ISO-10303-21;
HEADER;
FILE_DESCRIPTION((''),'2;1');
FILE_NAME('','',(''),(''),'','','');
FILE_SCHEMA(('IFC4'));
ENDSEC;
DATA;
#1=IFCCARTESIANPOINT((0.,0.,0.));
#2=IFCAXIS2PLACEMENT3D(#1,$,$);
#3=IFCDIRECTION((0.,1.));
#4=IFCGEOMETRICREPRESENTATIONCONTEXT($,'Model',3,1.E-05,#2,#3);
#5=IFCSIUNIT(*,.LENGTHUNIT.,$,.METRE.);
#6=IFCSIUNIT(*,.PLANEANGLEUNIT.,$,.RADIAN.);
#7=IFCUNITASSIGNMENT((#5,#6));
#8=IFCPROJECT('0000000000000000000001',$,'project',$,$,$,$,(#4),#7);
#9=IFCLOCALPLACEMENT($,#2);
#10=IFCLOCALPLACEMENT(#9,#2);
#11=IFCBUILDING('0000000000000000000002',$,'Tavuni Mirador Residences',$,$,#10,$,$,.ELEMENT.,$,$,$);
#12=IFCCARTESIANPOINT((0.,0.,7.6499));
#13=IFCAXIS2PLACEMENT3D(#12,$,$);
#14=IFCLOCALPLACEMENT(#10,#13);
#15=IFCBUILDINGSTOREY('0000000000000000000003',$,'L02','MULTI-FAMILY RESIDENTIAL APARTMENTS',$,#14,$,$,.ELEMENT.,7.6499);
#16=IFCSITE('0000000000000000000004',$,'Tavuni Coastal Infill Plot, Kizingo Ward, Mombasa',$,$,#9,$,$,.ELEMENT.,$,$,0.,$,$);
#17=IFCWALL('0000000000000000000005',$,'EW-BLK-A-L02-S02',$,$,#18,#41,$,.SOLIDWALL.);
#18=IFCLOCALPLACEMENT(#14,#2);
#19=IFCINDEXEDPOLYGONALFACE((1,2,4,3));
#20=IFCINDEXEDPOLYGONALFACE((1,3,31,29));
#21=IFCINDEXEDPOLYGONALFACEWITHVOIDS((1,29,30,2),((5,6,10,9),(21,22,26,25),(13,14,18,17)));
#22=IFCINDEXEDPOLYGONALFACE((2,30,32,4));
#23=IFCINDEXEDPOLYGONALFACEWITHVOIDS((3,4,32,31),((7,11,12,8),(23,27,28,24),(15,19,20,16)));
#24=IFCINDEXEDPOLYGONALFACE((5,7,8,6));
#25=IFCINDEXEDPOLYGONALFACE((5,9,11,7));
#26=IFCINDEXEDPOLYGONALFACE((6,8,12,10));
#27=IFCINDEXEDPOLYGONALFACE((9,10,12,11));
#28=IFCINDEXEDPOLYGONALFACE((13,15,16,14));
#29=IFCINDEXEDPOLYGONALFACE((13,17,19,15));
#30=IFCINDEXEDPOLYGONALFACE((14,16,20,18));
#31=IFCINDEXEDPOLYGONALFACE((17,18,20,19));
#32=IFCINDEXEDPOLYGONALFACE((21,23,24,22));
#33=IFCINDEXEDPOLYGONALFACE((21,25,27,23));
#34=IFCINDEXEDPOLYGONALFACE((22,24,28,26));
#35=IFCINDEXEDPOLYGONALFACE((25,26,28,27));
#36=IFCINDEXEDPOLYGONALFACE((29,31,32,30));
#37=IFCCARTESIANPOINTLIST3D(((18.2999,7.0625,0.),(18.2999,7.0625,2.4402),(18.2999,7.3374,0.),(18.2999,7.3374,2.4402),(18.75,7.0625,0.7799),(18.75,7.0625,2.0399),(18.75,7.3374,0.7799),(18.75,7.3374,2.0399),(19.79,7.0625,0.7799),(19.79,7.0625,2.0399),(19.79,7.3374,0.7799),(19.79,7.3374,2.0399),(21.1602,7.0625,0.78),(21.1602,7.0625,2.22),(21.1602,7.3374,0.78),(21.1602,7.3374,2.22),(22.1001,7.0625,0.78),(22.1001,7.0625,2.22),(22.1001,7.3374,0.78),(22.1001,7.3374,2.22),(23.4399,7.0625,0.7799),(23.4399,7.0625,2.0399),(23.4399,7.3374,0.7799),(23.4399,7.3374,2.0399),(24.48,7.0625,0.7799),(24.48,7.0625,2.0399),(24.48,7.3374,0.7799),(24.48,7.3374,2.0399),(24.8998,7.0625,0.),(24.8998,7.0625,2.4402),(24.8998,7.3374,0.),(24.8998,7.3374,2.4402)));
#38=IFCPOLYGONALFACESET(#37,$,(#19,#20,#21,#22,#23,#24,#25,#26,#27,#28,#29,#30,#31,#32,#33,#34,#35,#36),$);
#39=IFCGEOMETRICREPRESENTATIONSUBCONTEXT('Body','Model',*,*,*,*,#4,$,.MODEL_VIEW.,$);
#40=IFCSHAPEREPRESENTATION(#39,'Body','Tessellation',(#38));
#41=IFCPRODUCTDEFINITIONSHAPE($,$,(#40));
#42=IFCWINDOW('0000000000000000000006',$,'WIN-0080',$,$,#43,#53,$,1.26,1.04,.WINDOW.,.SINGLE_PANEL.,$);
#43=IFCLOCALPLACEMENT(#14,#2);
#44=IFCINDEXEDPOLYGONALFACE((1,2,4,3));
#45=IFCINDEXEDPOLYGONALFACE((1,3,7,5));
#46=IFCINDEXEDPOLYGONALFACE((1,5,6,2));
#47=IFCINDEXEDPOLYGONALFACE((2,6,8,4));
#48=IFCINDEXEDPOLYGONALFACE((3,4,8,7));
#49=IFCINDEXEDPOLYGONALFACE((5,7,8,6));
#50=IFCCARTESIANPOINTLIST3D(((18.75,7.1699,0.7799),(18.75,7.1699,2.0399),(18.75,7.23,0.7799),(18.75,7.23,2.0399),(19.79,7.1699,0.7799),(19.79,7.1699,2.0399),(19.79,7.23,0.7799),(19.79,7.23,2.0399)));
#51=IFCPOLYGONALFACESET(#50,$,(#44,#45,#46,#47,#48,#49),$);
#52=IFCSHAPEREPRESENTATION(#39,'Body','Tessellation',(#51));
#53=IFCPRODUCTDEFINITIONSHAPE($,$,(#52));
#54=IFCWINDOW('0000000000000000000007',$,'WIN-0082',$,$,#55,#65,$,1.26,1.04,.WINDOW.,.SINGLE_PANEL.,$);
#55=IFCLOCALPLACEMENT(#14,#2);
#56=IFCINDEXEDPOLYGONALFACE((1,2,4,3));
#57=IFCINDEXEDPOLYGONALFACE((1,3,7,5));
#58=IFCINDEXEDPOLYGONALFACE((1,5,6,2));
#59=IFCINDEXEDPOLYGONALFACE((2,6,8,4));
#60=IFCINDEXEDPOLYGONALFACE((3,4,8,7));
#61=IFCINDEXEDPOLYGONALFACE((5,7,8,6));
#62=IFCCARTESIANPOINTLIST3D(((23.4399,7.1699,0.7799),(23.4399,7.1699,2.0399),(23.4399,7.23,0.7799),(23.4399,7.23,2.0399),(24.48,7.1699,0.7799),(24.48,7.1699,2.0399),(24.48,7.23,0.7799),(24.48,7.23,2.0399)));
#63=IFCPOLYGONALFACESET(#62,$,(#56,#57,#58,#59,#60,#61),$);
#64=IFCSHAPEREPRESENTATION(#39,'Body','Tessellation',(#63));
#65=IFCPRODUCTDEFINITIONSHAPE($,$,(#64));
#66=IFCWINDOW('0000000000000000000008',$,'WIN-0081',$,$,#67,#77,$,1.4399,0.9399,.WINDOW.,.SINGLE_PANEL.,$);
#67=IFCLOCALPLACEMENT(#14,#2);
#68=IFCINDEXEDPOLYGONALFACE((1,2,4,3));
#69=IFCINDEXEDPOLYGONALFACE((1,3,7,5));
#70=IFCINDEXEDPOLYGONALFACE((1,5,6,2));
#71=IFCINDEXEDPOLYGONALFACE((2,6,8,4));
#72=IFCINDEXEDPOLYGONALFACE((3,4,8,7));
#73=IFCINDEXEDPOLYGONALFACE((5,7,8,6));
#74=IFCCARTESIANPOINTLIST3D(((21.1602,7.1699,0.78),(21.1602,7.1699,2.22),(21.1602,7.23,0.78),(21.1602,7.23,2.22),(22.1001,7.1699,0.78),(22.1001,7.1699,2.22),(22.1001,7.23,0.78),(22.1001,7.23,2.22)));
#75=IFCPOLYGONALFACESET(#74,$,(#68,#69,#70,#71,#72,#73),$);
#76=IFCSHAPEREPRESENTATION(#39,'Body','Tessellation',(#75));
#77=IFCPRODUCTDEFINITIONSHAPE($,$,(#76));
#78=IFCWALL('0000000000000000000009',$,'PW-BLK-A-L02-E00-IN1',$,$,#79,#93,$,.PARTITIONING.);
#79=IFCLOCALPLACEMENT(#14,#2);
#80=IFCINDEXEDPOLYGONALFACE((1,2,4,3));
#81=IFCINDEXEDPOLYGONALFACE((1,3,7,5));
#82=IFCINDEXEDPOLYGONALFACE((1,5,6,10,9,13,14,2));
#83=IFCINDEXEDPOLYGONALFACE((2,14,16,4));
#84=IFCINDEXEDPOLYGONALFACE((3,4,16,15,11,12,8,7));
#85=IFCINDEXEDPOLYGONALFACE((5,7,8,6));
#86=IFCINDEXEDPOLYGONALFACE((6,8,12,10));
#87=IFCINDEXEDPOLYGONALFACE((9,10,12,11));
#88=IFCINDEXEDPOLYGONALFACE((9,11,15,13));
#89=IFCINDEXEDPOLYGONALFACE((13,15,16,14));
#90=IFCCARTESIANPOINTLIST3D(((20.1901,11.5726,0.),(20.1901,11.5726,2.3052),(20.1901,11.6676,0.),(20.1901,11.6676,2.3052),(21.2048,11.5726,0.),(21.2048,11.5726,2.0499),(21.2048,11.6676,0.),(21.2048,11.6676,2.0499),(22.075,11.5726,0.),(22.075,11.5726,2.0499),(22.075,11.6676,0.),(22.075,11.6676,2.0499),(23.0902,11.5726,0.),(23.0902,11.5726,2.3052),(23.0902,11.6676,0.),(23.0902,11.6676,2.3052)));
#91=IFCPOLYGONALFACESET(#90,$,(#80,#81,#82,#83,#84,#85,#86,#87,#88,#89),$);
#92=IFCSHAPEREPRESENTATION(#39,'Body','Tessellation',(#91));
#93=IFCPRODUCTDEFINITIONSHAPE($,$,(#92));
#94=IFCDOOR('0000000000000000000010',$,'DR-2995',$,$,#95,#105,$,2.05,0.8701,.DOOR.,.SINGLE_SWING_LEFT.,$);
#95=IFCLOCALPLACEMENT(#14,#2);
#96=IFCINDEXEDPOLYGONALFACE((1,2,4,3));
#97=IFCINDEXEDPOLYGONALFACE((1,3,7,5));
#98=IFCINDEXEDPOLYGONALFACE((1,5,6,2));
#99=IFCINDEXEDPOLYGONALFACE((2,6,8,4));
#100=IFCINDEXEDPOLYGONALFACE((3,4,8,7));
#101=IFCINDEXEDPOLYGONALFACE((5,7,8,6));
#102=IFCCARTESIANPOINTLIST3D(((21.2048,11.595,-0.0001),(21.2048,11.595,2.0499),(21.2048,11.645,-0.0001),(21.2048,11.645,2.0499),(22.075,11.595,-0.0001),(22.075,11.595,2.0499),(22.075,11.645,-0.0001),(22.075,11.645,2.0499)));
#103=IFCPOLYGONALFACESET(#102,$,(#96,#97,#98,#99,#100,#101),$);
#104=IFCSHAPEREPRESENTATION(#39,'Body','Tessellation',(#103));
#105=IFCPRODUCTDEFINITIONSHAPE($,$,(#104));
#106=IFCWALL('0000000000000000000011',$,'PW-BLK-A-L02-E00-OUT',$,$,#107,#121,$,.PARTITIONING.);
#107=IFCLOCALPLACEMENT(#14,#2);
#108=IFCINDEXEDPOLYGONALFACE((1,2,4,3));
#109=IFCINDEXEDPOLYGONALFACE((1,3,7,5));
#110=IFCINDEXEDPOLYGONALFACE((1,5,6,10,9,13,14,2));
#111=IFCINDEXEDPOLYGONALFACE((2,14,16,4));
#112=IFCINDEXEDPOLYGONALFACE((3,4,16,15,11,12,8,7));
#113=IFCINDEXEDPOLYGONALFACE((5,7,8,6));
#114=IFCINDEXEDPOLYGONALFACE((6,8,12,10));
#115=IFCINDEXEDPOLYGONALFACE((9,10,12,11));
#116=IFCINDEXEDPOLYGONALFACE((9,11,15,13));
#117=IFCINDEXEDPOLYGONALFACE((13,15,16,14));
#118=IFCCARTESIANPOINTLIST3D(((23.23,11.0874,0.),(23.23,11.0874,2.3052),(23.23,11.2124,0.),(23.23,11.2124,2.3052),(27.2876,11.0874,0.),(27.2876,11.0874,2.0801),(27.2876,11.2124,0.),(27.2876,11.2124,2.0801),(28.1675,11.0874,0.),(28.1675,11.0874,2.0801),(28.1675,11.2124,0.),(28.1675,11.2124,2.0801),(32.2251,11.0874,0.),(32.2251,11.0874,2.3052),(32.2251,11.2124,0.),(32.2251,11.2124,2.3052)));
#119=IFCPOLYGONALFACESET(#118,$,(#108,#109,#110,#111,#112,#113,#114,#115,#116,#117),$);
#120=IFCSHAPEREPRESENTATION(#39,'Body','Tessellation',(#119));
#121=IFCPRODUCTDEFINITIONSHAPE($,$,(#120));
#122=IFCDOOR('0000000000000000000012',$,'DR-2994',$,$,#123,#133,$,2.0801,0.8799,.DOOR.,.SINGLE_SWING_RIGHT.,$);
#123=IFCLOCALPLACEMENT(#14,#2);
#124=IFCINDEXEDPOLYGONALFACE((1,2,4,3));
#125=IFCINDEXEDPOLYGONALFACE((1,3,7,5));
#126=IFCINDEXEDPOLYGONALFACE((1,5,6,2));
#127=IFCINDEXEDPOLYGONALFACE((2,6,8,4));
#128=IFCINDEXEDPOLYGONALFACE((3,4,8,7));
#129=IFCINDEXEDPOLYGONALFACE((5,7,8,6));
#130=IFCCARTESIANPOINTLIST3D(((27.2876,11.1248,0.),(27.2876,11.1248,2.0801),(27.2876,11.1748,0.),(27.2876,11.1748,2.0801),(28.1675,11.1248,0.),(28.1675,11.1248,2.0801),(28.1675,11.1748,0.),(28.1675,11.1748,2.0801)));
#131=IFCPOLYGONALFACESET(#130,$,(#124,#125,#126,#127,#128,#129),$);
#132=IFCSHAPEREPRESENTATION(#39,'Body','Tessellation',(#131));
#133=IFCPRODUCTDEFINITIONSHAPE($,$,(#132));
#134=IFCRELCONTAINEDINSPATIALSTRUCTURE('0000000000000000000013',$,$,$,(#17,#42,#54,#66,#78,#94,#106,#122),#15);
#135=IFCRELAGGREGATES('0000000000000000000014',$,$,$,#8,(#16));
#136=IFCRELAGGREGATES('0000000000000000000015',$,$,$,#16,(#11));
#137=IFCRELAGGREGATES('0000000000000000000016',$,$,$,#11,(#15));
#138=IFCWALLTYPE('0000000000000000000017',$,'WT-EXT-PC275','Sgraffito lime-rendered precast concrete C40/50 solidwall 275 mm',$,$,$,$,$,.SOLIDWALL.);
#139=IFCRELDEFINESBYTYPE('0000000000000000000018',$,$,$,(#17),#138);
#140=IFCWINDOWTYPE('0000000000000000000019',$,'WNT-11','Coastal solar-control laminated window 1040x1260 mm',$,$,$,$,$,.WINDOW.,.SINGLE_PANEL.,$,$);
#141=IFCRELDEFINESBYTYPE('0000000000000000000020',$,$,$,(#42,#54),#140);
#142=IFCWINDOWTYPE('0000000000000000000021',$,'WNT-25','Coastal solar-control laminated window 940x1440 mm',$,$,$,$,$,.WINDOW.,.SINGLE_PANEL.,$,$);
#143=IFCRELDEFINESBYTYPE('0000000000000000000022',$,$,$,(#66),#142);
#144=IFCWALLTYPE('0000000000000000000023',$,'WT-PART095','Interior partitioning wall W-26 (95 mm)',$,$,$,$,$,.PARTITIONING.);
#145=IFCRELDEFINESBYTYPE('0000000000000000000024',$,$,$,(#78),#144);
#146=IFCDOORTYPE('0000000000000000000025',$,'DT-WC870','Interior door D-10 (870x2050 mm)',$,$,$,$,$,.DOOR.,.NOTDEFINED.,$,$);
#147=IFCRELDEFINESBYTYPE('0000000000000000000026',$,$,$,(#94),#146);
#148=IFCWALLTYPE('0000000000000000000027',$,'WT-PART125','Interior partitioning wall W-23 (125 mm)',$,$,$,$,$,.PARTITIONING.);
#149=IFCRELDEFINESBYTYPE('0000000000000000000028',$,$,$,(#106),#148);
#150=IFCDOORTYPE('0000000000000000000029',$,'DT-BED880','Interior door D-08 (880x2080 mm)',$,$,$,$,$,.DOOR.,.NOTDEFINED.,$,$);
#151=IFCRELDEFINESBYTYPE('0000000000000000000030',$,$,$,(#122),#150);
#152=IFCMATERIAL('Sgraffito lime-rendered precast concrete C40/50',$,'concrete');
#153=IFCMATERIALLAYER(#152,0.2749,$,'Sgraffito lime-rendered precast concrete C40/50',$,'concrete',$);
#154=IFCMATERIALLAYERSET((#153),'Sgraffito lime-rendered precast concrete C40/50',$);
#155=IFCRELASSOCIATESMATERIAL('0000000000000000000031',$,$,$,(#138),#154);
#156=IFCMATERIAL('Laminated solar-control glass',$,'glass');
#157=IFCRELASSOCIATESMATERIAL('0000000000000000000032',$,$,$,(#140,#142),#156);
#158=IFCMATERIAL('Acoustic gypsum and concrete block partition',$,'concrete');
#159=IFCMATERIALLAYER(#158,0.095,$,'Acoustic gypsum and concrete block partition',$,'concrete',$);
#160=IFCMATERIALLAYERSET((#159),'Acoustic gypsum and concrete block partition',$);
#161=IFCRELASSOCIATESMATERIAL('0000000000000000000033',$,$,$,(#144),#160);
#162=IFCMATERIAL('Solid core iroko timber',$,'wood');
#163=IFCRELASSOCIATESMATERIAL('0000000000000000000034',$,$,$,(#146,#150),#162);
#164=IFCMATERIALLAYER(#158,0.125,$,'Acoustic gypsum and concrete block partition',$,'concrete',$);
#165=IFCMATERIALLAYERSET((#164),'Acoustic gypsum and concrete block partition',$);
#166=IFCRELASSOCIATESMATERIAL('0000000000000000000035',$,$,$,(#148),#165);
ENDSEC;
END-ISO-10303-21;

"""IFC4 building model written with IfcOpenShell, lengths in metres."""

from ifc_helpers import new_model, si_unit, direction, frame, frame_2d, origin, place, context, subcontext, project, spatial, rectangle, extrude, material, layer, layer_set, type_object, element, fill, save


model = new_model("IFC4")

# Units and contexts
model_context = context("Model", 3, precision=1e-05, world=origin(), true_north=direction((0.0, 1.0)))
body_context = subcontext(model_context, "Body", "Model", "MODEL_VIEW")
ifc_project = project(units=[si_unit("LENGTHUNIT", "METRE"), si_unit("PLANEANGLEUNIT", "RADIAN")], contexts=[model_context])

# Site, building, storey
site_placement = place(None, origin())
site = spatial("IfcSite", under=ifc_project, at=site_placement, Name="Tavuni Coastal Infill Plot, Kizingo Ward, Mombasa", CompositionType="ELEMENT", RefElevation=0.0)
building_placement = place(site_placement, origin())
building = spatial("IfcBuilding", under=site, at=building_placement, Name="Tavuni Mirador Residences", CompositionType="ELEMENT")
storey_placement = place(building_placement, frame((0.0, 0.0, 7.6499)))
storey = spatial("IfcBuildingStorey", under=building, at=storey_placement, Name="L02", Description="MULTI-FAMILY RESIDENTIAL APARTMENTS", CompositionType="ELEMENT", Elevation=7.6499)

# Shared definitions
ifc_material_1 = material(Name="Solid core iroko timber", Category="wood")

# Wall, openings, windows
ifc_material_2 = material(Name="Sgraffito lime-rendered precast concrete C40/50", Category="concrete")
ifc_layer_1 = layer(ifc_material_2, 0.2749, Name="Sgraffito lime-rendered precast concrete C40/50", Category="concrete")
ifc_layer_set_1 = layer_set([ifc_layer_1], Name="Sgraffito lime-rendered precast concrete C40/50")
wall_type_1 = type_object("IfcWallType", Name="WT-EXT-PC275", Description="Sgraffito lime-rendered precast concrete C40/50 solidwall 275 mm", PredefinedType="SOLIDWALL", material=ifc_layer_set_1)
wall_1_placement = place(storey_placement, frame((18.3, 7.2, 0.0), z_axis=(0.0, 0.0, 1.0), x_axis=(1.0, 0.0, 0.0)))
wall_1 = element("IfcWall", 1, at=wall_1_placement, inside=storey, type_object=wall_type_1, Name="EW-BLK-A-L02-S02", PredefinedType="SOLIDWALL", context=body_context, shape_type="SweptSolid", body=[
    extrude(rectangle(XDim=6.5999, YDim=0.2749, at=frame_2d((3.2998, 0.0))), origin(), (0.0, 0.0, 1.0), 2.4402),
])
opening_1_placement = place(wall_1_placement, frame((0.45, 0.0, 0.78)))
opening_1 = element("IfcOpeningElement", 2, at=opening_1_placement, cuts=wall_1, PredefinedType="OPENING", context=body_context, shape_type="SweptSolid", body=[
    extrude(rectangle(XDim=1.04, YDim=1.26, at=frame_2d((0.52, 0.6299))), frame((0.0, 0.1475, 0.0), z_axis=(0.0, -1.0, 0.0), x_axis=(1.0, 0.0, 0.0)), (0.0, 0.0, 1.0), 0.2949),
])
opening_2_placement = place(wall_1_placement, frame((2.8601, 0.0, 0.78)))
opening_2 = element("IfcOpeningElement", 3, at=opening_2_placement, cuts=wall_1, PredefinedType="OPENING", context=body_context, shape_type="SweptSolid", body=[
    extrude(rectangle(XDim=0.9399, YDim=1.4399, at=frame_2d((0.47, 0.72))), frame((0.0, 0.1475, 0.0), z_axis=(0.0, -1.0, 0.0), x_axis=(1.0, 0.0, 0.0)), (0.0, 0.0, 1.0), 0.2949),
])
opening_3_placement = place(wall_1_placement, frame((5.1399, 0.0, 0.78)))
opening_3 = element("IfcOpeningElement", 4, at=opening_3_placement, cuts=wall_1, PredefinedType="OPENING", context=body_context, shape_type="SweptSolid", body=[
    extrude(rectangle(XDim=1.04, YDim=1.26, at=frame_2d((0.52, 0.6299))), frame((0.0, 0.1475, 0.0), z_axis=(0.0, -1.0, 0.0), x_axis=(1.0, 0.0, 0.0)), (0.0, 0.0, 1.0), 0.2949),
])
ifc_material_3 = material(Name="Laminated solar-control glass", Category="glass")
window_type_1 = type_object("IfcWindowType", Name="WNT-11", Description="Coastal solar-control laminated window 1040x1260 mm", PartitioningType="SINGLE_PANEL", PredefinedType="WINDOW", material=ifc_material_3)
window_1_placement = place(opening_1_placement, origin())
window_1 = element("IfcWindow", 5, at=window_1_placement, inside=storey, type_object=window_type_1, Name="WIN-0080", OverallHeight=1.26, OverallWidth=1.04, PartitioningType="SINGLE_PANEL", PredefinedType="WINDOW", context=body_context, shape_type="SweptSolid", body=[
    extrude(rectangle(XDim=1.04, YDim=1.26, at=frame_2d((0.52, 0.6299))), frame((0.0, 0.03, 0.0), z_axis=(0.0, -1.0, 0.0), x_axis=(1.0, 0.0, 0.0)), (0.0, 0.0, 1.0), 0.0601),
])
fill(opening_1, window_1)
window_2_placement = place(opening_3_placement, origin())
window_2 = element("IfcWindow", 6, at=window_2_placement, inside=storey, type_object=window_type_1, Name="WIN-0082", OverallHeight=1.26, OverallWidth=1.04, PartitioningType="SINGLE_PANEL", PredefinedType="WINDOW", context=body_context, shape_type="SweptSolid", body=[
    extrude(rectangle(XDim=1.04, YDim=1.26, at=frame_2d((0.52, 0.6299))), frame((0.0, 0.03, 0.0), z_axis=(0.0, -1.0, 0.0), x_axis=(1.0, 0.0, 0.0)), (0.0, 0.0, 1.0), 0.0601),
])
fill(opening_3, window_2)
window_type_2 = type_object("IfcWindowType", Name="WNT-25", Description="Coastal solar-control laminated window 940x1440 mm", PartitioningType="SINGLE_PANEL", PredefinedType="WINDOW", material=ifc_material_3)
window_3_placement = place(opening_2_placement, origin())
window_3 = element("IfcWindow", 7, at=window_3_placement, inside=storey, type_object=window_type_2, Name="WIN-0081", OverallHeight=1.4399, OverallWidth=0.9399, PartitioningType="SINGLE_PANEL", PredefinedType="WINDOW", context=body_context, shape_type="SweptSolid", body=[
    extrude(rectangle(XDim=0.9399, YDim=1.4399, at=frame_2d((0.47, 0.72))), frame((0.0, 0.03, 0.0), z_axis=(0.0, -1.0, 0.0), x_axis=(1.0, 0.0, 0.0)), (0.0, 0.0, 1.0), 0.0601),
])
fill(opening_2, window_3)

# Walls, openings, doors
ifc_material_4 = material(Name="Acoustic gypsum and concrete block partition", Category="concrete")
ifc_layer_2 = layer(ifc_material_4, 0.095, Name="Acoustic gypsum and concrete block partition", Category="concrete")
ifc_layer_set_2 = layer_set([ifc_layer_2], Name="Acoustic gypsum and concrete block partition")
wall_type_2 = type_object("IfcWallType", Name="WT-PART095", Description="Interior partitioning wall W-26 (95 mm)", PredefinedType="PARTITIONING", material=ifc_layer_set_2)
wall_2_placement = place(storey_placement, frame((20.1899, 11.6201, 0.0), z_axis=(0.0, 0.0, 1.0), x_axis=(1.0, 0.0, 0.0)))
wall_2 = element("IfcWall", 8, at=wall_2_placement, inside=storey, type_object=wall_type_2, Name="PW-BLK-A-L02-E00-IN1", PredefinedType="PARTITIONING", context=body_context, shape_type="SweptSolid", body=[
    extrude(rectangle(XDim=2.9001, YDim=0.095, at=frame_2d((1.4502, 0.0))), origin(), (0.0, 0.0, 1.0), 2.3052),
])
opening_4_placement = place(wall_2_placement, frame((1.0149, 0.0, 0.0)))
opening_4 = element("IfcOpeningElement", 9, at=opening_4_placement, cuts=wall_2, PredefinedType="OPENING", context=body_context, shape_type="SweptSolid", body=[
    extrude(rectangle(XDim=0.8701, YDim=2.05, at=frame_2d((0.4351, 1.0249))), frame((0.0, 0.0576, 0.0), z_axis=(0.0, -1.0, 0.0), x_axis=(1.0, 0.0, 0.0)), (0.0, 0.0, 1.0), 0.115),
])
door_type_1 = type_object("IfcDoorType", Name="DT-WC870", Description="Interior door D-10 (870x2050 mm)", OperationType="NOTDEFINED", PredefinedType="DOOR", material=ifc_material_1)
door_1_placement = place(opening_4_placement, origin())
door_1 = element("IfcDoor", 10, at=door_1_placement, inside=storey, type_object=door_type_1, Name="DR-2995", OperationType="SINGLE_SWING_LEFT", OverallHeight=2.05, OverallWidth=0.8701, PredefinedType="DOOR", context=body_context, shape_type="SweptSolid", body=[
    extrude(rectangle(XDim=0.8701, YDim=2.05, at=frame_2d((0.4351, 1.0249))), frame((0.0, 0.0249, 0.0), z_axis=(0.0, -1.0, 0.0), x_axis=(1.0, 0.0, 0.0)), (0.0, 0.0, 1.0), 0.05),
])
fill(opening_4, door_1)
ifc_layer_3 = layer(ifc_material_4, 0.125, Name="Acoustic gypsum and concrete block partition", Category="concrete")
ifc_layer_set_3 = layer_set([ifc_layer_3], Name="Acoustic gypsum and concrete block partition")
wall_type_3 = type_object("IfcWallType", Name="WT-PART125", Description="Interior partitioning wall W-23 (125 mm)", PredefinedType="PARTITIONING", material=ifc_layer_set_3)
wall_3_placement = place(storey_placement, frame((23.23, 11.1499, 0.0), z_axis=(0.0, 0.0, 1.0), x_axis=(1.0, 0.0, 0.0)))
wall_3 = element("IfcWall", 11, at=wall_3_placement, inside=storey, type_object=wall_type_3, Name="PW-BLK-A-L02-E00-OUT", PredefinedType="PARTITIONING", context=body_context, shape_type="SweptSolid", body=[
    extrude(rectangle(XDim=8.9951, YDim=0.125, at=frame_2d((4.4976, 0.0))), origin(), (0.0, 0.0, 1.0), 2.3052),
])
opening_5_placement = place(wall_3_placement, frame((4.0576, 0.0, 0.0)))
opening_5 = element("IfcOpeningElement", 12, at=opening_5_placement, cuts=wall_3, PredefinedType="OPENING", context=body_context, shape_type="SweptSolid", body=[
    extrude(rectangle(XDim=0.8799, YDim=2.0801, at=frame_2d((0.4399, 1.04))), frame((0.0, 0.0725, 0.0), z_axis=(0.0, -1.0, 0.0), x_axis=(1.0, 0.0, 0.0)), (0.0, 0.0, 1.0), 0.145),
])
door_type_2 = type_object("IfcDoorType", Name="DT-BED880", Description="Interior door D-08 (880x2080 mm)", OperationType="NOTDEFINED", PredefinedType="DOOR", material=ifc_material_1)
door_2_placement = place(opening_5_placement, origin())
door_2 = element("IfcDoor", 13, at=door_2_placement, inside=storey, type_object=door_type_2, Name="DR-2994", OperationType="SINGLE_SWING_RIGHT", OverallHeight=2.0801, OverallWidth=0.8799, PredefinedType="DOOR", context=body_context, shape_type="SweptSolid", body=[
    extrude(rectangle(XDim=0.8799, YDim=2.0801, at=frame_2d((0.4399, 1.04))), frame((0.0, 0.0249, 0.0), z_axis=(0.0, -1.0, 0.0), x_axis=(1.0, 0.0, 0.0)), (0.0, 0.0, 1.0), 0.05),
])
fill(opening_5, door_2)

save(model, "model.ifc")
